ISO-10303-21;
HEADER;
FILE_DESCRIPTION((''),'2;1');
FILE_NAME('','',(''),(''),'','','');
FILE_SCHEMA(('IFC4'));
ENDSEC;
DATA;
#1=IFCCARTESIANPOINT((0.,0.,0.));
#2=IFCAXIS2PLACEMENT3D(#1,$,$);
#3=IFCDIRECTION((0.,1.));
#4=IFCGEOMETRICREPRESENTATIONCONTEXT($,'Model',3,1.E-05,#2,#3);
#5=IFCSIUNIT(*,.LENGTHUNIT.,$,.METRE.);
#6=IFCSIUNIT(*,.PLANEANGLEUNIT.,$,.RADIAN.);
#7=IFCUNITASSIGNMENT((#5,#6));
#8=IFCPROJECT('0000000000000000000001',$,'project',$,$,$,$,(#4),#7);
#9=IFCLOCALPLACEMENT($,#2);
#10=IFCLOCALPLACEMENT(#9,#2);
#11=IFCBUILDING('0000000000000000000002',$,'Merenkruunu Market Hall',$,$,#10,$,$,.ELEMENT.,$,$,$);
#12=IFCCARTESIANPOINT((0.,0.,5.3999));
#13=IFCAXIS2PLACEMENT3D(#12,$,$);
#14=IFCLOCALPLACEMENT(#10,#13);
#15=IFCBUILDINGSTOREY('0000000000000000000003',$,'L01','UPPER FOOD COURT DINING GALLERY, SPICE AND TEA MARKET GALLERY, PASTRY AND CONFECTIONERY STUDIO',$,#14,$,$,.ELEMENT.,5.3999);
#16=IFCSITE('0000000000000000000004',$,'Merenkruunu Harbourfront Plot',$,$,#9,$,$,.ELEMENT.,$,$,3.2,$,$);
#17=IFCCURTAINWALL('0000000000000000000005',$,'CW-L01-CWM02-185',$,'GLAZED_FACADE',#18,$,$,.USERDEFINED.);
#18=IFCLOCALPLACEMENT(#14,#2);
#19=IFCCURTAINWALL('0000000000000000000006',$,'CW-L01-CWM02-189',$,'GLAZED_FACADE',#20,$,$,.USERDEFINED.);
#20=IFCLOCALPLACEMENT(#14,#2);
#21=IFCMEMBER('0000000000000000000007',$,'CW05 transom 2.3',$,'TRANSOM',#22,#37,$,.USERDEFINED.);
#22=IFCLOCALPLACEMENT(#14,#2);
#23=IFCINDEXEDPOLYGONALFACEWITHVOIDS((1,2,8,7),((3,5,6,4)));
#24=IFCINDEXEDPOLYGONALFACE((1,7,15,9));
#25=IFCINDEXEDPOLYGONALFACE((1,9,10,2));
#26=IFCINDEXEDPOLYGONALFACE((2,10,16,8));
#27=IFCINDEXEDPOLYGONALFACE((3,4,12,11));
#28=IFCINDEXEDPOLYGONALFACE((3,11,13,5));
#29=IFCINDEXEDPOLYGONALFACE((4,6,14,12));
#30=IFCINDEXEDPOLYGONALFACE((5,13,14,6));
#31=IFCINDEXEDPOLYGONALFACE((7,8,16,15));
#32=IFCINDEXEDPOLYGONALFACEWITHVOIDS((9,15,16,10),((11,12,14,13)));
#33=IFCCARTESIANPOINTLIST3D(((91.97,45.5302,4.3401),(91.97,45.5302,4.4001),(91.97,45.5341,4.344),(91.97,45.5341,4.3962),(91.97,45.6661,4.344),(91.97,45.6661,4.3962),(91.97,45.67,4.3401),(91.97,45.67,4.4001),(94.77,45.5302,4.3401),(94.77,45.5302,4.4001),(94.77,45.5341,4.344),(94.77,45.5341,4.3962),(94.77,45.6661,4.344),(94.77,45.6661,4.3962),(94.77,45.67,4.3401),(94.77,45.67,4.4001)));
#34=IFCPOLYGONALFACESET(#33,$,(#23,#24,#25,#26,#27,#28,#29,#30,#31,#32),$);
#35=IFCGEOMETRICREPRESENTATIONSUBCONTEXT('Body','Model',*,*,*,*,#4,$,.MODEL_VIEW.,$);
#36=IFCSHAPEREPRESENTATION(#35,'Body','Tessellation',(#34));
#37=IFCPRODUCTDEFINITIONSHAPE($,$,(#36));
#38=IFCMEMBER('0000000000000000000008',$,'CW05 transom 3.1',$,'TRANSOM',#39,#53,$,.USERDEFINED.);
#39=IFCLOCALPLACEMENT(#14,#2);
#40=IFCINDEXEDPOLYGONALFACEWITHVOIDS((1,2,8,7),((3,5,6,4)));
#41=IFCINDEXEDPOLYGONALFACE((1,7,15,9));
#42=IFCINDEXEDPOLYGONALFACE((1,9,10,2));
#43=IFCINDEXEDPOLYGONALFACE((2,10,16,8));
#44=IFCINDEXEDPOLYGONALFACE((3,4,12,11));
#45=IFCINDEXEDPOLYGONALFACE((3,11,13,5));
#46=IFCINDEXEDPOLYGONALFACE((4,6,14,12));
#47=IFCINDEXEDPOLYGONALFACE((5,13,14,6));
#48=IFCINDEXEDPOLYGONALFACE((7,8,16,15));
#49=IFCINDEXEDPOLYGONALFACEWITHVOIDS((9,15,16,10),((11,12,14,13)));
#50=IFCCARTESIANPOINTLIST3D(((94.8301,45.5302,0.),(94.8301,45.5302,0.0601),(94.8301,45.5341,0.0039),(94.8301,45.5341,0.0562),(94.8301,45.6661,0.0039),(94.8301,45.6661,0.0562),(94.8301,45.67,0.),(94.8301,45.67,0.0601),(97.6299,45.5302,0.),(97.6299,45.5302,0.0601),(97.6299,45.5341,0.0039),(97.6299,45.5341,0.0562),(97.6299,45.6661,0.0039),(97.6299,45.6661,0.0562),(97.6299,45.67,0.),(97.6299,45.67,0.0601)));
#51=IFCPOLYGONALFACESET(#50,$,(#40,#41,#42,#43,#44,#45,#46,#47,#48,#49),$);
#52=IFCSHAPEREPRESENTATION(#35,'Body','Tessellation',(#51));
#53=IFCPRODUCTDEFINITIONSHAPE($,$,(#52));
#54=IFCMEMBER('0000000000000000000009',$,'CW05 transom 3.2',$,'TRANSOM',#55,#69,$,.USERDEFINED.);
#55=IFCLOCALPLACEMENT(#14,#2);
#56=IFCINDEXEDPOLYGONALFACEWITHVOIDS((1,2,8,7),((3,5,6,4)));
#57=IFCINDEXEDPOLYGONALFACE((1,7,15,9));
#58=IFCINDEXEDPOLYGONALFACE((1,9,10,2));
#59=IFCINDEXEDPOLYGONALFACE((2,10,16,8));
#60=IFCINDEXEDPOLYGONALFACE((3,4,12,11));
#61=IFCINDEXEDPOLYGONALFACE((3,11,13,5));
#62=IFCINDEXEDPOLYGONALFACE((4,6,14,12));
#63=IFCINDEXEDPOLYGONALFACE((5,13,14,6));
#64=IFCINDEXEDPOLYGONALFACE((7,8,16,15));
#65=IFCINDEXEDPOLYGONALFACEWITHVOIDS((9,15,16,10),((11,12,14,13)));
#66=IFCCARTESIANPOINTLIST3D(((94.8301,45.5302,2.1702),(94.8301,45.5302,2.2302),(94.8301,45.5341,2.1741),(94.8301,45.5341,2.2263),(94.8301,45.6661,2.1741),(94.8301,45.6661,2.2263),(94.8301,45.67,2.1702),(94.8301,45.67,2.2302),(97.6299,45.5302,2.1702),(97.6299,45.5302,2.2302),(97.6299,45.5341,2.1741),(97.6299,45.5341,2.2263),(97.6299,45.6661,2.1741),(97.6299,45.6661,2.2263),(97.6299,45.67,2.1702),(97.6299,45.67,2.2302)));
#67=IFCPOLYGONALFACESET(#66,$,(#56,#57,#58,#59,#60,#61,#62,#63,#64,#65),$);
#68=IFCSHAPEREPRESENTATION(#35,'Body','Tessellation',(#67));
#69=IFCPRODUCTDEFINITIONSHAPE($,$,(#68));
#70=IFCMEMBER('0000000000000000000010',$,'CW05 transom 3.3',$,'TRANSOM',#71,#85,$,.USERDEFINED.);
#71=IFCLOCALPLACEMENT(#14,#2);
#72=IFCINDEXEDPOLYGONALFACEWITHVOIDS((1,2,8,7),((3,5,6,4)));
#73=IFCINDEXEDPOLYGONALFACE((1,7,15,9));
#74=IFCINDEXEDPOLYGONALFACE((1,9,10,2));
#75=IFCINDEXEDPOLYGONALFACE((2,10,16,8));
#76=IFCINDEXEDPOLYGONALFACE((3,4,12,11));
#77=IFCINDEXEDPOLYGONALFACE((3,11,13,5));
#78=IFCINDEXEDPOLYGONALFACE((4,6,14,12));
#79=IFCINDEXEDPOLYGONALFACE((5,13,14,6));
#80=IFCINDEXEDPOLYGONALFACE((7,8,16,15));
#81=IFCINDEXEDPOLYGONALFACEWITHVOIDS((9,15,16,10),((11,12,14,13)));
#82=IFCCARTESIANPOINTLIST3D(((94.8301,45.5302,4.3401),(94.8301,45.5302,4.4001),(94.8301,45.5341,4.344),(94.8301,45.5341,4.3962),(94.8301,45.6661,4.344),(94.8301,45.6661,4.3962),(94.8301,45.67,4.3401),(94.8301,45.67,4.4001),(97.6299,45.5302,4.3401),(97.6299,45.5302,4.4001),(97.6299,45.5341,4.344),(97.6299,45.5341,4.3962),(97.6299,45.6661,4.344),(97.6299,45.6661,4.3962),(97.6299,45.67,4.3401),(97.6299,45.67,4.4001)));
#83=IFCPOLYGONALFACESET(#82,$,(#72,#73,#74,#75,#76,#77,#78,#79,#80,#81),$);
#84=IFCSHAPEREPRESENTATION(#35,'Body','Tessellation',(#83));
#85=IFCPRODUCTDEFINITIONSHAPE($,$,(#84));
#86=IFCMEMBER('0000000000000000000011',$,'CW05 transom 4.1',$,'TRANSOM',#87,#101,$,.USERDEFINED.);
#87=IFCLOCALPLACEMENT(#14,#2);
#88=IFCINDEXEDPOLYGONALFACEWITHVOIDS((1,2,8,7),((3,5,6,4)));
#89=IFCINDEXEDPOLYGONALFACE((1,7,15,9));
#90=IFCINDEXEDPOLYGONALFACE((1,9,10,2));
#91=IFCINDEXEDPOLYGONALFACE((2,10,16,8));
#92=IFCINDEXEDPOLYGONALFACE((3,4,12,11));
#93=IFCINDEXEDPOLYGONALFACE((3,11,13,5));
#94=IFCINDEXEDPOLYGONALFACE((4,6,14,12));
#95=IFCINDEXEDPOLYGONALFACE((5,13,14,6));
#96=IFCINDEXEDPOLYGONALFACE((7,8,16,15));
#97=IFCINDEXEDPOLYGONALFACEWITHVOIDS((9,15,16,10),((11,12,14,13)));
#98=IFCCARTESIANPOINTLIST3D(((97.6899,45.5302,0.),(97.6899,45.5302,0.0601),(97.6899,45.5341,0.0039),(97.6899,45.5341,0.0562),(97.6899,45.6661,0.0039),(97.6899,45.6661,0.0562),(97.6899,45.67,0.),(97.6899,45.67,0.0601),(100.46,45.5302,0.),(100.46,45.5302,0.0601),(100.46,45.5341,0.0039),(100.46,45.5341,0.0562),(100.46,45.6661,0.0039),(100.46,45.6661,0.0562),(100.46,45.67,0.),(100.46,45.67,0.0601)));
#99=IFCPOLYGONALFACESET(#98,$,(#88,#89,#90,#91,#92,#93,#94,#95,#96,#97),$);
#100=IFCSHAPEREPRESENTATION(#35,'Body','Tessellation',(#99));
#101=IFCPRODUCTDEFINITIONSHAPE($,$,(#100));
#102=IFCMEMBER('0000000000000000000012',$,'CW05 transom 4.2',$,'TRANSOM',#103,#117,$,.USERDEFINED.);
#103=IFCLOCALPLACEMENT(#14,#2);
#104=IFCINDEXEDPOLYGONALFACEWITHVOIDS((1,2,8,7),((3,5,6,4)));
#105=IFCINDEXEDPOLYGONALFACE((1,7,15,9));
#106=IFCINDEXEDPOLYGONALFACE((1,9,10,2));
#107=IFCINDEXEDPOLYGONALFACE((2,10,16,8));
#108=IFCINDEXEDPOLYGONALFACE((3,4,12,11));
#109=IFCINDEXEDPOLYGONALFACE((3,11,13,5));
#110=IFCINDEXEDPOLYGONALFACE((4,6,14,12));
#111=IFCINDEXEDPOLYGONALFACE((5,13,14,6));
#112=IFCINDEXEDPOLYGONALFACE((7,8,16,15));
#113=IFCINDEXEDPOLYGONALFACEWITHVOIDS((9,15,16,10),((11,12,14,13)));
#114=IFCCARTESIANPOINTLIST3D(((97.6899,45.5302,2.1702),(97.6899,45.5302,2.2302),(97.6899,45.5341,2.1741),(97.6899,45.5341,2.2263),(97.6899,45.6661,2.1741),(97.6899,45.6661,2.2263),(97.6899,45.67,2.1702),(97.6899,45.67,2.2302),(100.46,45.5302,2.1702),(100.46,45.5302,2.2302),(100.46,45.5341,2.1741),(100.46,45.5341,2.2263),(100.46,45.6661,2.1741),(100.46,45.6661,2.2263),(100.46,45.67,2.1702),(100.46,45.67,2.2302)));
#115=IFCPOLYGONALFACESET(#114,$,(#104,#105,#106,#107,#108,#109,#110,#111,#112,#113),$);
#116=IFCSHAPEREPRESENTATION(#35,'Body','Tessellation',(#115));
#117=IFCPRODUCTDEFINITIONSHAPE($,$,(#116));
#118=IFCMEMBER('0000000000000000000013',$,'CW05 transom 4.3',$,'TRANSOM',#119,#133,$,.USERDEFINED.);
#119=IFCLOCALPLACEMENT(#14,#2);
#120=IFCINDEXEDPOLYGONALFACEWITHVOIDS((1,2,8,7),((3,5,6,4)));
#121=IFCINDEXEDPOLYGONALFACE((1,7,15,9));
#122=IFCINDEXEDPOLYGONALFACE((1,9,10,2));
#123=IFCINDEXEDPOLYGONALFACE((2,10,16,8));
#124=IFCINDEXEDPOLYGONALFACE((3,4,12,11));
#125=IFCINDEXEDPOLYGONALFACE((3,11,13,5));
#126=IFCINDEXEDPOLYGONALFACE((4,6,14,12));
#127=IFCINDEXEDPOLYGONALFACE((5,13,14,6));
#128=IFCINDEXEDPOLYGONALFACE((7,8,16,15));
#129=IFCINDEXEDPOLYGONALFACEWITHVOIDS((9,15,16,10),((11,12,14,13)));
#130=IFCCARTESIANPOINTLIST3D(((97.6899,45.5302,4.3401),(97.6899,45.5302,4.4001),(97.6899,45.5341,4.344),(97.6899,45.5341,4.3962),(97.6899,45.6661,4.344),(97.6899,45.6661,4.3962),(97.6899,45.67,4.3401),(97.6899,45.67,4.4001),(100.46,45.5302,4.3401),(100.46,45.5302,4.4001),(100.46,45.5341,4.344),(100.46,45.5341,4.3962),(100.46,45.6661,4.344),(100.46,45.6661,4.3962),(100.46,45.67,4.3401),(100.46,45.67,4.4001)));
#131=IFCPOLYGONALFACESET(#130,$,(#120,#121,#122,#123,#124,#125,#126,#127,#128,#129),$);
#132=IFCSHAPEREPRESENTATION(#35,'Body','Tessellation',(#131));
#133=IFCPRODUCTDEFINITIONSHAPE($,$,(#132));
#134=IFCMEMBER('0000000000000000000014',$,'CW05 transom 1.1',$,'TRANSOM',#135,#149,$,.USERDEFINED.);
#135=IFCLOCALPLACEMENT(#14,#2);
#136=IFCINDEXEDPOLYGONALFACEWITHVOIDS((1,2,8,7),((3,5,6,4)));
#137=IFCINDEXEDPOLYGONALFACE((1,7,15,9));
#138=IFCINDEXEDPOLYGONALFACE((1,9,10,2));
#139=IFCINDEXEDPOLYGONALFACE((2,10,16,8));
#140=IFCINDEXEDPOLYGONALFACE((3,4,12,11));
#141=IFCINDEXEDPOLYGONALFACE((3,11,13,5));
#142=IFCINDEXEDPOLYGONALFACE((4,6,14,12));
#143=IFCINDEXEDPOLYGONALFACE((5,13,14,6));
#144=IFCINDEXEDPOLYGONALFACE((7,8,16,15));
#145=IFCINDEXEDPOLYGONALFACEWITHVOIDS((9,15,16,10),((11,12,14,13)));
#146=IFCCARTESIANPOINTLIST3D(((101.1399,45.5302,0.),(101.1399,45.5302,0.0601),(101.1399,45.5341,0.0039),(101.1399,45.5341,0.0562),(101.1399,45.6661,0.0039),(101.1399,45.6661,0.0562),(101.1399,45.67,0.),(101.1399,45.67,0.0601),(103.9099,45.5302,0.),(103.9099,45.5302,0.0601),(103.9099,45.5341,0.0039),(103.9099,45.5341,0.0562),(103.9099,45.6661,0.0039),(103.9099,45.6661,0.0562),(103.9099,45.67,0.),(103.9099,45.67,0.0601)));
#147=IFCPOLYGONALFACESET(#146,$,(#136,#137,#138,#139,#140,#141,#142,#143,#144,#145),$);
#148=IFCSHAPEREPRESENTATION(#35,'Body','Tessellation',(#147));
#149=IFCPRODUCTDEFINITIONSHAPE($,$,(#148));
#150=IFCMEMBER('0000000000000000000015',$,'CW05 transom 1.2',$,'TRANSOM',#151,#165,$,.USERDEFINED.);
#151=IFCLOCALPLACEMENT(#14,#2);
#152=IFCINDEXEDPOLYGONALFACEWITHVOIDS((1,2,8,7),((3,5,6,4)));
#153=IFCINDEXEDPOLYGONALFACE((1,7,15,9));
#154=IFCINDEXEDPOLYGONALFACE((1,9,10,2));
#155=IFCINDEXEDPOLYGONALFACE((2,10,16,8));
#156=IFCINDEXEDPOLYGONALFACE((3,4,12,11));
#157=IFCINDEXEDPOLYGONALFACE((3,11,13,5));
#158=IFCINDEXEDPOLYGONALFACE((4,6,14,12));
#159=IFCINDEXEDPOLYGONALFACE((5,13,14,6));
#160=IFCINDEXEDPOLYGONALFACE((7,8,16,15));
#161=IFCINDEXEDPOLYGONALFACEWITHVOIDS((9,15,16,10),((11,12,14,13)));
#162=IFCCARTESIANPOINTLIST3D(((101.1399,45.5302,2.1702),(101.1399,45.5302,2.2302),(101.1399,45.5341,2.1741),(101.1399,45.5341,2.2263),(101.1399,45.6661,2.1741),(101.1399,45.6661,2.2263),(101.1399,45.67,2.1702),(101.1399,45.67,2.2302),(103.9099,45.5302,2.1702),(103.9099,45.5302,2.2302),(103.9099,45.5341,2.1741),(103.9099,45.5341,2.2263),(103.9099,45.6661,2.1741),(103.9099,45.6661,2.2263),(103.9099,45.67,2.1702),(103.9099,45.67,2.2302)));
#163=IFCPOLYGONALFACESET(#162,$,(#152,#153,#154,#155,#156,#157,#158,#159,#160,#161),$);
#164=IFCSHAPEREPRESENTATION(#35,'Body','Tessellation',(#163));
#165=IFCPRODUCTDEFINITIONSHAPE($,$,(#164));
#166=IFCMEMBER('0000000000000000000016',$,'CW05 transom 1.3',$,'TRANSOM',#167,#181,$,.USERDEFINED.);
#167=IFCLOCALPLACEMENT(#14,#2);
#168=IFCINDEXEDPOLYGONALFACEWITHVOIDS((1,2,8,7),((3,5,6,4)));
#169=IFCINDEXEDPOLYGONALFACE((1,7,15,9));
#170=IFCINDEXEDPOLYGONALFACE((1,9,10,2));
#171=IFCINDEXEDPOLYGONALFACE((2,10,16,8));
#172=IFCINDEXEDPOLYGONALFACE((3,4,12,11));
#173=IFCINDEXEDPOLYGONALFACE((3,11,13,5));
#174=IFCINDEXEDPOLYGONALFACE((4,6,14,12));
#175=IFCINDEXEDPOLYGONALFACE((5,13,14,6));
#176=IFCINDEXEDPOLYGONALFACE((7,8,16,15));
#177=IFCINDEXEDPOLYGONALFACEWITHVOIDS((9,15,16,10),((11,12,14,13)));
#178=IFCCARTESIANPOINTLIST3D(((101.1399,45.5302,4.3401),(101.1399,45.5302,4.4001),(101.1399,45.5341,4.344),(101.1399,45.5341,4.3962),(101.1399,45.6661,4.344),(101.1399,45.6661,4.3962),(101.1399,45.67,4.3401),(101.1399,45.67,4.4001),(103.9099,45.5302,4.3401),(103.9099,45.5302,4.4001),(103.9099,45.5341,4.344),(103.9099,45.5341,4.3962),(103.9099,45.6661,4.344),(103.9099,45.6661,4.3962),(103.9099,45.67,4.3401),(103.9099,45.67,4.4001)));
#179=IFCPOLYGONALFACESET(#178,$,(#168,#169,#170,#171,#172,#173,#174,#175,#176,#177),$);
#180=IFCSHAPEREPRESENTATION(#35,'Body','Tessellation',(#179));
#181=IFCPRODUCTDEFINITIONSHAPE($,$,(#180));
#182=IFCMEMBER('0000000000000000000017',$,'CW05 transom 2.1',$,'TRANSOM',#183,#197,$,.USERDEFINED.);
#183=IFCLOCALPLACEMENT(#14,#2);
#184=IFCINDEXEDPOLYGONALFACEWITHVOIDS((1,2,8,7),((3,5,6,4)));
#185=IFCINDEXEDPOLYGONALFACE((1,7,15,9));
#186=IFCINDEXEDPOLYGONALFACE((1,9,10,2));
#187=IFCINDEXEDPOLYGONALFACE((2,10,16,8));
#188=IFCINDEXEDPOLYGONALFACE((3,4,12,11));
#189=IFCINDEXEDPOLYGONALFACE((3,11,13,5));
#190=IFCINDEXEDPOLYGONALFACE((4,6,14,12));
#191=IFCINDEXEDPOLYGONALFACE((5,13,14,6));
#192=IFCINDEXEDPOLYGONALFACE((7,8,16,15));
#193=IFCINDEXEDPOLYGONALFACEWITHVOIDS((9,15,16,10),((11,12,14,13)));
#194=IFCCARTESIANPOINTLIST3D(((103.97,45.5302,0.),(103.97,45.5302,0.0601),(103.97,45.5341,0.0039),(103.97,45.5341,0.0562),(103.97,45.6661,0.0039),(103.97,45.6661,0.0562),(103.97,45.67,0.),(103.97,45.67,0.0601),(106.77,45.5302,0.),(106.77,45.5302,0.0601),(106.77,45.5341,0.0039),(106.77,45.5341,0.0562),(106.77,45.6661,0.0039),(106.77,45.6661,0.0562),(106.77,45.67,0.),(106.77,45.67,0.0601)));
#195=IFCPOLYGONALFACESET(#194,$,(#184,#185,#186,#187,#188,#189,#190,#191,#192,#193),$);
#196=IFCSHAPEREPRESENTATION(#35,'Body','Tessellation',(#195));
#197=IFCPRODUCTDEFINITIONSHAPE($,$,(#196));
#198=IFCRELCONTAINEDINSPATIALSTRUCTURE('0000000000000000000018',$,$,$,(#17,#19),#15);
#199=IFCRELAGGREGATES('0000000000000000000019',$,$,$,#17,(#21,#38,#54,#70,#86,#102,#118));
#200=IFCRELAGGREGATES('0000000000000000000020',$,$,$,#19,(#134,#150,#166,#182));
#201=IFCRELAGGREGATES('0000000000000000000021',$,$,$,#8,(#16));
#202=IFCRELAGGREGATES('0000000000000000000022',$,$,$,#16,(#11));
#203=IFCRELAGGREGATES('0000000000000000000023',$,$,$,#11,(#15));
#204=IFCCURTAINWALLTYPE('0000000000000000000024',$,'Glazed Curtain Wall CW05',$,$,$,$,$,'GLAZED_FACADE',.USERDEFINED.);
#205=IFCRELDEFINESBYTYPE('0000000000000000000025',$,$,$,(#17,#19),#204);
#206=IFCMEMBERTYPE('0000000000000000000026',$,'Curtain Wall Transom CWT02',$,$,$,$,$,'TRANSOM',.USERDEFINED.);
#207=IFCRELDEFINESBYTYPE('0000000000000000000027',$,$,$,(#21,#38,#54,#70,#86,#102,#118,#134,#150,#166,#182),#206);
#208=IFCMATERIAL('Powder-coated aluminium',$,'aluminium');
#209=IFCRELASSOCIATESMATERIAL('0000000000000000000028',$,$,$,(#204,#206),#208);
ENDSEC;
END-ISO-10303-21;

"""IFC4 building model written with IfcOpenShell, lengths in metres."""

from ifc_helpers import new_model, si_unit, direction, frame, origin, origin_2d, place, context, subcontext, project, spatial, hollow_rectangle, extrude, material, material_profile, profile_set, type_object, element, aggregate, save


model = new_model("IFC4")

# Units and contexts
model_context = context("Model", 3, precision=1e-05, world=origin(), true_north=direction((0.0, 1.0)))
body_context = subcontext(model_context, "Body", "Model", "MODEL_VIEW")
ifc_project = project(units=[si_unit("LENGTHUNIT", "METRE"), si_unit("PLANEANGLEUNIT", "RADIAN")], contexts=[model_context])

# Site, building, storey
site_placement = place(None, origin())
site = spatial("IfcSite", under=ifc_project, at=site_placement, Name="Merenkruunu Harbourfront Plot", CompositionType="ELEMENT", RefElevation=3.2)
building_placement = place(site_placement, origin())
building = spatial("IfcBuilding", under=site, at=building_placement, Name="Merenkruunu Market Hall", CompositionType="ELEMENT")
storey_placement = place(building_placement, frame((0.0, 0.0, 5.3999)))
storey = spatial("IfcBuildingStorey", under=building, at=storey_placement, Name="L01", Description="UPPER FOOD COURT DINING GALLERY, SPICE AND TEA MARKET GALLERY, PASTRY AND CONFECTIONERY STUDIO", CompositionType="ELEMENT", Elevation=5.3999)

# Curtain walls
ifc_material_1 = material(Name="Powder-coated aluminium", Category="aluminium")
curtain_wall_type = type_object("IfcCurtainWallType", Name="Glazed Curtain Wall CW05", ElementType="GLAZED_FACADE", PredefinedType="USERDEFINED", material=ifc_material_1)
curtain_wall_1_placement = place(storey_placement, origin())
curtain_wall_1 = element("IfcCurtainWall", 1, at=curtain_wall_1_placement, inside=storey, type_object=curtain_wall_type, Name="CW-L01-CWM02-185", ObjectType="GLAZED_FACADE", PredefinedType="USERDEFINED")
curtain_wall_2_placement = place(storey_placement, origin())
curtain_wall_2 = element("IfcCurtainWall", 2, at=curtain_wall_2_placement, inside=storey, type_object=curtain_wall_type, Name="CW-L01-CWM02-189", ObjectType="GLAZED_FACADE", PredefinedType="USERDEFINED")

# Members
ifc_material_profile_1 = material_profile(ifc_material_1, hollow_rectangle(XDim=0.0601, YDim=0.1399, WallThickness=0.0039, at=origin_2d()), Name="ALU 60x140x4")
ifc_profile_set_1 = profile_set([ifc_material_profile_1], Name="Powder-coated aluminium")
member_type_1 = type_object("IfcMemberType", Name="Curtain Wall Transom CWT02", ElementType="TRANSOM", PredefinedType="USERDEFINED", material=ifc_profile_set_1)
member_1_placement = place(storey_placement, frame((91.97, 45.6001, 4.3701), z_axis=(1.0, 0.0, 0.0), x_axis=(0.0, 0.0, 1.0)))
member_1 = element("IfcMember", 3, at=member_1_placement, type_object=member_type_1, Name="CW05 transom 2.3", ObjectType="TRANSOM", PredefinedType="USERDEFINED", context=body_context, shape_type="SweptSolid", body=[
    extrude(hollow_rectangle(XDim=0.0601, YDim=0.1399, WallThickness=0.0039, at=origin_2d()), origin(), (0.0, 0.0, 1.0), 2.8),
])
member_2_placement = place(storey_placement, frame((94.8301, 45.6001, 0.03), z_axis=(1.0, 0.0, 0.0), x_axis=(0.0, 0.0, 1.0)))
member_2 = element("IfcMember", 4, at=member_2_placement, type_object=member_type_1, Name="CW05 transom 3.1", ObjectType="TRANSOM", PredefinedType="USERDEFINED", context=body_context, shape_type="SweptSolid", body=[
    extrude(hollow_rectangle(XDim=0.0601, YDim=0.1399, WallThickness=0.0039, at=origin_2d()), origin(), (0.0, 0.0, 1.0), 2.7998),
])
member_3_placement = place(storey_placement, frame((94.8301, 45.6001, 2.2002), z_axis=(1.0, 0.0, 0.0), x_axis=(0.0, 0.0, 1.0)))
member_3 = element("IfcMember", 5, at=member_3_placement, type_object=member_type_1, Name="CW05 transom 3.2", ObjectType="TRANSOM", PredefinedType="USERDEFINED", context=body_context, shape_type="SweptSolid", body=[
    extrude(hollow_rectangle(XDim=0.0601, YDim=0.1399, WallThickness=0.0039, at=origin_2d()), origin(), (0.0, 0.0, 1.0), 2.7998),
])
member_4_placement = place(storey_placement, frame((94.8301, 45.6001, 4.3701), z_axis=(1.0, 0.0, 0.0), x_axis=(0.0, 0.0, 1.0)))
member_4 = element("IfcMember", 6, at=member_4_placement, type_object=member_type_1, Name="CW05 transom 3.3", ObjectType="TRANSOM", PredefinedType="USERDEFINED", context=body_context, shape_type="SweptSolid", body=[
    extrude(hollow_rectangle(XDim=0.0601, YDim=0.1399, WallThickness=0.0039, at=origin_2d()), origin(), (0.0, 0.0, 1.0), 2.7998),
])
member_5_placement = place(storey_placement, frame((97.6899, 45.6001, 0.03), z_axis=(1.0, 0.0, 0.0), x_axis=(0.0, 0.0, 1.0)))
member_5 = element("IfcMember", 7, at=member_5_placement, type_object=member_type_1, Name="CW05 transom 4.1", ObjectType="TRANSOM", PredefinedType="USERDEFINED", context=body_context, shape_type="SweptSolid", body=[
    extrude(hollow_rectangle(XDim=0.0601, YDim=0.1399, WallThickness=0.0039, at=origin_2d()), origin(), (0.0, 0.0, 1.0), 2.77),
])
member_6_placement = place(storey_placement, frame((97.6899, 45.6001, 2.2002), z_axis=(1.0, 0.0, 0.0), x_axis=(0.0, 0.0, 1.0)))
member_6 = element("IfcMember", 8, at=member_6_placement, type_object=member_type_1, Name="CW05 transom 4.2", ObjectType="TRANSOM", PredefinedType="USERDEFINED", context=body_context, shape_type="SweptSolid", body=[
    extrude(hollow_rectangle(XDim=0.0601, YDim=0.1399, WallThickness=0.0039, at=origin_2d()), origin(), (0.0, 0.0, 1.0), 2.77),
])
member_7_placement = place(storey_placement, frame((97.6899, 45.6001, 4.3701), z_axis=(1.0, 0.0, 0.0), x_axis=(0.0, 0.0, 1.0)))
member_7 = element("IfcMember", 9, at=member_7_placement, type_object=member_type_1, Name="CW05 transom 4.3", ObjectType="TRANSOM", PredefinedType="USERDEFINED", context=body_context, shape_type="SweptSolid", body=[
    extrude(hollow_rectangle(XDim=0.0601, YDim=0.1399, WallThickness=0.0039, at=origin_2d()), origin(), (0.0, 0.0, 1.0), 2.77),
])
member_8_placement = place(storey_placement, frame((101.1399, 45.6001, 0.03), z_axis=(1.0, 0.0, 0.0), x_axis=(0.0, 0.0, 1.0)))
member_8 = element("IfcMember", 10, at=member_8_placement, type_object=member_type_1, Name="CW05 transom 1.1", ObjectType="TRANSOM", PredefinedType="USERDEFINED", context=body_context, shape_type="SweptSolid", body=[
    extrude(hollow_rectangle(XDim=0.0601, YDim=0.1399, WallThickness=0.0039, at=origin_2d()), origin(), (0.0, 0.0, 1.0), 2.77),
])
member_9_placement = place(storey_placement, frame((101.1399, 45.6001, 2.2002), z_axis=(1.0, 0.0, 0.0), x_axis=(0.0, 0.0, 1.0)))
member_9 = element("IfcMember", 11, at=member_9_placement, type_object=member_type_1, Name="CW05 transom 1.2", ObjectType="TRANSOM", PredefinedType="USERDEFINED", context=body_context, shape_type="SweptSolid", body=[
    extrude(hollow_rectangle(XDim=0.0601, YDim=0.1399, WallThickness=0.0039, at=origin_2d()), origin(), (0.0, 0.0, 1.0), 2.77),
])
member_10_placement = place(storey_placement, frame((101.1399, 45.6001, 4.3701), z_axis=(1.0, 0.0, 0.0), x_axis=(0.0, 0.0, 1.0)))
member_10 = element("IfcMember", 12, at=member_10_placement, type_object=member_type_1, Name="CW05 transom 1.3", ObjectType="TRANSOM", PredefinedType="USERDEFINED", context=body_context, shape_type="SweptSolid", body=[
    extrude(hollow_rectangle(XDim=0.0601, YDim=0.1399, WallThickness=0.0039, at=origin_2d()), origin(), (0.0, 0.0, 1.0), 2.77),
])
member_11_placement = place(storey_placement, frame((103.97, 45.6001, 0.03), z_axis=(1.0, 0.0, 0.0), x_axis=(0.0, 0.0, 1.0)))
member_11 = element("IfcMember", 13, at=member_11_placement, type_object=member_type_1, Name="CW05 transom 2.1", ObjectType="TRANSOM", PredefinedType="USERDEFINED", context=body_context, shape_type="SweptSolid", body=[
    extrude(hollow_rectangle(XDim=0.0601, YDim=0.1399, WallThickness=0.0039, at=origin_2d()), origin(), (0.0, 0.0, 1.0), 2.8),
])

aggregate(curtain_wall_1, [member_1, member_2, member_3, member_4, member_5, member_6, member_7])
aggregate(curtain_wall_2, [member_8, member_9, member_10, member_11])

save(model, "model.ifc")
